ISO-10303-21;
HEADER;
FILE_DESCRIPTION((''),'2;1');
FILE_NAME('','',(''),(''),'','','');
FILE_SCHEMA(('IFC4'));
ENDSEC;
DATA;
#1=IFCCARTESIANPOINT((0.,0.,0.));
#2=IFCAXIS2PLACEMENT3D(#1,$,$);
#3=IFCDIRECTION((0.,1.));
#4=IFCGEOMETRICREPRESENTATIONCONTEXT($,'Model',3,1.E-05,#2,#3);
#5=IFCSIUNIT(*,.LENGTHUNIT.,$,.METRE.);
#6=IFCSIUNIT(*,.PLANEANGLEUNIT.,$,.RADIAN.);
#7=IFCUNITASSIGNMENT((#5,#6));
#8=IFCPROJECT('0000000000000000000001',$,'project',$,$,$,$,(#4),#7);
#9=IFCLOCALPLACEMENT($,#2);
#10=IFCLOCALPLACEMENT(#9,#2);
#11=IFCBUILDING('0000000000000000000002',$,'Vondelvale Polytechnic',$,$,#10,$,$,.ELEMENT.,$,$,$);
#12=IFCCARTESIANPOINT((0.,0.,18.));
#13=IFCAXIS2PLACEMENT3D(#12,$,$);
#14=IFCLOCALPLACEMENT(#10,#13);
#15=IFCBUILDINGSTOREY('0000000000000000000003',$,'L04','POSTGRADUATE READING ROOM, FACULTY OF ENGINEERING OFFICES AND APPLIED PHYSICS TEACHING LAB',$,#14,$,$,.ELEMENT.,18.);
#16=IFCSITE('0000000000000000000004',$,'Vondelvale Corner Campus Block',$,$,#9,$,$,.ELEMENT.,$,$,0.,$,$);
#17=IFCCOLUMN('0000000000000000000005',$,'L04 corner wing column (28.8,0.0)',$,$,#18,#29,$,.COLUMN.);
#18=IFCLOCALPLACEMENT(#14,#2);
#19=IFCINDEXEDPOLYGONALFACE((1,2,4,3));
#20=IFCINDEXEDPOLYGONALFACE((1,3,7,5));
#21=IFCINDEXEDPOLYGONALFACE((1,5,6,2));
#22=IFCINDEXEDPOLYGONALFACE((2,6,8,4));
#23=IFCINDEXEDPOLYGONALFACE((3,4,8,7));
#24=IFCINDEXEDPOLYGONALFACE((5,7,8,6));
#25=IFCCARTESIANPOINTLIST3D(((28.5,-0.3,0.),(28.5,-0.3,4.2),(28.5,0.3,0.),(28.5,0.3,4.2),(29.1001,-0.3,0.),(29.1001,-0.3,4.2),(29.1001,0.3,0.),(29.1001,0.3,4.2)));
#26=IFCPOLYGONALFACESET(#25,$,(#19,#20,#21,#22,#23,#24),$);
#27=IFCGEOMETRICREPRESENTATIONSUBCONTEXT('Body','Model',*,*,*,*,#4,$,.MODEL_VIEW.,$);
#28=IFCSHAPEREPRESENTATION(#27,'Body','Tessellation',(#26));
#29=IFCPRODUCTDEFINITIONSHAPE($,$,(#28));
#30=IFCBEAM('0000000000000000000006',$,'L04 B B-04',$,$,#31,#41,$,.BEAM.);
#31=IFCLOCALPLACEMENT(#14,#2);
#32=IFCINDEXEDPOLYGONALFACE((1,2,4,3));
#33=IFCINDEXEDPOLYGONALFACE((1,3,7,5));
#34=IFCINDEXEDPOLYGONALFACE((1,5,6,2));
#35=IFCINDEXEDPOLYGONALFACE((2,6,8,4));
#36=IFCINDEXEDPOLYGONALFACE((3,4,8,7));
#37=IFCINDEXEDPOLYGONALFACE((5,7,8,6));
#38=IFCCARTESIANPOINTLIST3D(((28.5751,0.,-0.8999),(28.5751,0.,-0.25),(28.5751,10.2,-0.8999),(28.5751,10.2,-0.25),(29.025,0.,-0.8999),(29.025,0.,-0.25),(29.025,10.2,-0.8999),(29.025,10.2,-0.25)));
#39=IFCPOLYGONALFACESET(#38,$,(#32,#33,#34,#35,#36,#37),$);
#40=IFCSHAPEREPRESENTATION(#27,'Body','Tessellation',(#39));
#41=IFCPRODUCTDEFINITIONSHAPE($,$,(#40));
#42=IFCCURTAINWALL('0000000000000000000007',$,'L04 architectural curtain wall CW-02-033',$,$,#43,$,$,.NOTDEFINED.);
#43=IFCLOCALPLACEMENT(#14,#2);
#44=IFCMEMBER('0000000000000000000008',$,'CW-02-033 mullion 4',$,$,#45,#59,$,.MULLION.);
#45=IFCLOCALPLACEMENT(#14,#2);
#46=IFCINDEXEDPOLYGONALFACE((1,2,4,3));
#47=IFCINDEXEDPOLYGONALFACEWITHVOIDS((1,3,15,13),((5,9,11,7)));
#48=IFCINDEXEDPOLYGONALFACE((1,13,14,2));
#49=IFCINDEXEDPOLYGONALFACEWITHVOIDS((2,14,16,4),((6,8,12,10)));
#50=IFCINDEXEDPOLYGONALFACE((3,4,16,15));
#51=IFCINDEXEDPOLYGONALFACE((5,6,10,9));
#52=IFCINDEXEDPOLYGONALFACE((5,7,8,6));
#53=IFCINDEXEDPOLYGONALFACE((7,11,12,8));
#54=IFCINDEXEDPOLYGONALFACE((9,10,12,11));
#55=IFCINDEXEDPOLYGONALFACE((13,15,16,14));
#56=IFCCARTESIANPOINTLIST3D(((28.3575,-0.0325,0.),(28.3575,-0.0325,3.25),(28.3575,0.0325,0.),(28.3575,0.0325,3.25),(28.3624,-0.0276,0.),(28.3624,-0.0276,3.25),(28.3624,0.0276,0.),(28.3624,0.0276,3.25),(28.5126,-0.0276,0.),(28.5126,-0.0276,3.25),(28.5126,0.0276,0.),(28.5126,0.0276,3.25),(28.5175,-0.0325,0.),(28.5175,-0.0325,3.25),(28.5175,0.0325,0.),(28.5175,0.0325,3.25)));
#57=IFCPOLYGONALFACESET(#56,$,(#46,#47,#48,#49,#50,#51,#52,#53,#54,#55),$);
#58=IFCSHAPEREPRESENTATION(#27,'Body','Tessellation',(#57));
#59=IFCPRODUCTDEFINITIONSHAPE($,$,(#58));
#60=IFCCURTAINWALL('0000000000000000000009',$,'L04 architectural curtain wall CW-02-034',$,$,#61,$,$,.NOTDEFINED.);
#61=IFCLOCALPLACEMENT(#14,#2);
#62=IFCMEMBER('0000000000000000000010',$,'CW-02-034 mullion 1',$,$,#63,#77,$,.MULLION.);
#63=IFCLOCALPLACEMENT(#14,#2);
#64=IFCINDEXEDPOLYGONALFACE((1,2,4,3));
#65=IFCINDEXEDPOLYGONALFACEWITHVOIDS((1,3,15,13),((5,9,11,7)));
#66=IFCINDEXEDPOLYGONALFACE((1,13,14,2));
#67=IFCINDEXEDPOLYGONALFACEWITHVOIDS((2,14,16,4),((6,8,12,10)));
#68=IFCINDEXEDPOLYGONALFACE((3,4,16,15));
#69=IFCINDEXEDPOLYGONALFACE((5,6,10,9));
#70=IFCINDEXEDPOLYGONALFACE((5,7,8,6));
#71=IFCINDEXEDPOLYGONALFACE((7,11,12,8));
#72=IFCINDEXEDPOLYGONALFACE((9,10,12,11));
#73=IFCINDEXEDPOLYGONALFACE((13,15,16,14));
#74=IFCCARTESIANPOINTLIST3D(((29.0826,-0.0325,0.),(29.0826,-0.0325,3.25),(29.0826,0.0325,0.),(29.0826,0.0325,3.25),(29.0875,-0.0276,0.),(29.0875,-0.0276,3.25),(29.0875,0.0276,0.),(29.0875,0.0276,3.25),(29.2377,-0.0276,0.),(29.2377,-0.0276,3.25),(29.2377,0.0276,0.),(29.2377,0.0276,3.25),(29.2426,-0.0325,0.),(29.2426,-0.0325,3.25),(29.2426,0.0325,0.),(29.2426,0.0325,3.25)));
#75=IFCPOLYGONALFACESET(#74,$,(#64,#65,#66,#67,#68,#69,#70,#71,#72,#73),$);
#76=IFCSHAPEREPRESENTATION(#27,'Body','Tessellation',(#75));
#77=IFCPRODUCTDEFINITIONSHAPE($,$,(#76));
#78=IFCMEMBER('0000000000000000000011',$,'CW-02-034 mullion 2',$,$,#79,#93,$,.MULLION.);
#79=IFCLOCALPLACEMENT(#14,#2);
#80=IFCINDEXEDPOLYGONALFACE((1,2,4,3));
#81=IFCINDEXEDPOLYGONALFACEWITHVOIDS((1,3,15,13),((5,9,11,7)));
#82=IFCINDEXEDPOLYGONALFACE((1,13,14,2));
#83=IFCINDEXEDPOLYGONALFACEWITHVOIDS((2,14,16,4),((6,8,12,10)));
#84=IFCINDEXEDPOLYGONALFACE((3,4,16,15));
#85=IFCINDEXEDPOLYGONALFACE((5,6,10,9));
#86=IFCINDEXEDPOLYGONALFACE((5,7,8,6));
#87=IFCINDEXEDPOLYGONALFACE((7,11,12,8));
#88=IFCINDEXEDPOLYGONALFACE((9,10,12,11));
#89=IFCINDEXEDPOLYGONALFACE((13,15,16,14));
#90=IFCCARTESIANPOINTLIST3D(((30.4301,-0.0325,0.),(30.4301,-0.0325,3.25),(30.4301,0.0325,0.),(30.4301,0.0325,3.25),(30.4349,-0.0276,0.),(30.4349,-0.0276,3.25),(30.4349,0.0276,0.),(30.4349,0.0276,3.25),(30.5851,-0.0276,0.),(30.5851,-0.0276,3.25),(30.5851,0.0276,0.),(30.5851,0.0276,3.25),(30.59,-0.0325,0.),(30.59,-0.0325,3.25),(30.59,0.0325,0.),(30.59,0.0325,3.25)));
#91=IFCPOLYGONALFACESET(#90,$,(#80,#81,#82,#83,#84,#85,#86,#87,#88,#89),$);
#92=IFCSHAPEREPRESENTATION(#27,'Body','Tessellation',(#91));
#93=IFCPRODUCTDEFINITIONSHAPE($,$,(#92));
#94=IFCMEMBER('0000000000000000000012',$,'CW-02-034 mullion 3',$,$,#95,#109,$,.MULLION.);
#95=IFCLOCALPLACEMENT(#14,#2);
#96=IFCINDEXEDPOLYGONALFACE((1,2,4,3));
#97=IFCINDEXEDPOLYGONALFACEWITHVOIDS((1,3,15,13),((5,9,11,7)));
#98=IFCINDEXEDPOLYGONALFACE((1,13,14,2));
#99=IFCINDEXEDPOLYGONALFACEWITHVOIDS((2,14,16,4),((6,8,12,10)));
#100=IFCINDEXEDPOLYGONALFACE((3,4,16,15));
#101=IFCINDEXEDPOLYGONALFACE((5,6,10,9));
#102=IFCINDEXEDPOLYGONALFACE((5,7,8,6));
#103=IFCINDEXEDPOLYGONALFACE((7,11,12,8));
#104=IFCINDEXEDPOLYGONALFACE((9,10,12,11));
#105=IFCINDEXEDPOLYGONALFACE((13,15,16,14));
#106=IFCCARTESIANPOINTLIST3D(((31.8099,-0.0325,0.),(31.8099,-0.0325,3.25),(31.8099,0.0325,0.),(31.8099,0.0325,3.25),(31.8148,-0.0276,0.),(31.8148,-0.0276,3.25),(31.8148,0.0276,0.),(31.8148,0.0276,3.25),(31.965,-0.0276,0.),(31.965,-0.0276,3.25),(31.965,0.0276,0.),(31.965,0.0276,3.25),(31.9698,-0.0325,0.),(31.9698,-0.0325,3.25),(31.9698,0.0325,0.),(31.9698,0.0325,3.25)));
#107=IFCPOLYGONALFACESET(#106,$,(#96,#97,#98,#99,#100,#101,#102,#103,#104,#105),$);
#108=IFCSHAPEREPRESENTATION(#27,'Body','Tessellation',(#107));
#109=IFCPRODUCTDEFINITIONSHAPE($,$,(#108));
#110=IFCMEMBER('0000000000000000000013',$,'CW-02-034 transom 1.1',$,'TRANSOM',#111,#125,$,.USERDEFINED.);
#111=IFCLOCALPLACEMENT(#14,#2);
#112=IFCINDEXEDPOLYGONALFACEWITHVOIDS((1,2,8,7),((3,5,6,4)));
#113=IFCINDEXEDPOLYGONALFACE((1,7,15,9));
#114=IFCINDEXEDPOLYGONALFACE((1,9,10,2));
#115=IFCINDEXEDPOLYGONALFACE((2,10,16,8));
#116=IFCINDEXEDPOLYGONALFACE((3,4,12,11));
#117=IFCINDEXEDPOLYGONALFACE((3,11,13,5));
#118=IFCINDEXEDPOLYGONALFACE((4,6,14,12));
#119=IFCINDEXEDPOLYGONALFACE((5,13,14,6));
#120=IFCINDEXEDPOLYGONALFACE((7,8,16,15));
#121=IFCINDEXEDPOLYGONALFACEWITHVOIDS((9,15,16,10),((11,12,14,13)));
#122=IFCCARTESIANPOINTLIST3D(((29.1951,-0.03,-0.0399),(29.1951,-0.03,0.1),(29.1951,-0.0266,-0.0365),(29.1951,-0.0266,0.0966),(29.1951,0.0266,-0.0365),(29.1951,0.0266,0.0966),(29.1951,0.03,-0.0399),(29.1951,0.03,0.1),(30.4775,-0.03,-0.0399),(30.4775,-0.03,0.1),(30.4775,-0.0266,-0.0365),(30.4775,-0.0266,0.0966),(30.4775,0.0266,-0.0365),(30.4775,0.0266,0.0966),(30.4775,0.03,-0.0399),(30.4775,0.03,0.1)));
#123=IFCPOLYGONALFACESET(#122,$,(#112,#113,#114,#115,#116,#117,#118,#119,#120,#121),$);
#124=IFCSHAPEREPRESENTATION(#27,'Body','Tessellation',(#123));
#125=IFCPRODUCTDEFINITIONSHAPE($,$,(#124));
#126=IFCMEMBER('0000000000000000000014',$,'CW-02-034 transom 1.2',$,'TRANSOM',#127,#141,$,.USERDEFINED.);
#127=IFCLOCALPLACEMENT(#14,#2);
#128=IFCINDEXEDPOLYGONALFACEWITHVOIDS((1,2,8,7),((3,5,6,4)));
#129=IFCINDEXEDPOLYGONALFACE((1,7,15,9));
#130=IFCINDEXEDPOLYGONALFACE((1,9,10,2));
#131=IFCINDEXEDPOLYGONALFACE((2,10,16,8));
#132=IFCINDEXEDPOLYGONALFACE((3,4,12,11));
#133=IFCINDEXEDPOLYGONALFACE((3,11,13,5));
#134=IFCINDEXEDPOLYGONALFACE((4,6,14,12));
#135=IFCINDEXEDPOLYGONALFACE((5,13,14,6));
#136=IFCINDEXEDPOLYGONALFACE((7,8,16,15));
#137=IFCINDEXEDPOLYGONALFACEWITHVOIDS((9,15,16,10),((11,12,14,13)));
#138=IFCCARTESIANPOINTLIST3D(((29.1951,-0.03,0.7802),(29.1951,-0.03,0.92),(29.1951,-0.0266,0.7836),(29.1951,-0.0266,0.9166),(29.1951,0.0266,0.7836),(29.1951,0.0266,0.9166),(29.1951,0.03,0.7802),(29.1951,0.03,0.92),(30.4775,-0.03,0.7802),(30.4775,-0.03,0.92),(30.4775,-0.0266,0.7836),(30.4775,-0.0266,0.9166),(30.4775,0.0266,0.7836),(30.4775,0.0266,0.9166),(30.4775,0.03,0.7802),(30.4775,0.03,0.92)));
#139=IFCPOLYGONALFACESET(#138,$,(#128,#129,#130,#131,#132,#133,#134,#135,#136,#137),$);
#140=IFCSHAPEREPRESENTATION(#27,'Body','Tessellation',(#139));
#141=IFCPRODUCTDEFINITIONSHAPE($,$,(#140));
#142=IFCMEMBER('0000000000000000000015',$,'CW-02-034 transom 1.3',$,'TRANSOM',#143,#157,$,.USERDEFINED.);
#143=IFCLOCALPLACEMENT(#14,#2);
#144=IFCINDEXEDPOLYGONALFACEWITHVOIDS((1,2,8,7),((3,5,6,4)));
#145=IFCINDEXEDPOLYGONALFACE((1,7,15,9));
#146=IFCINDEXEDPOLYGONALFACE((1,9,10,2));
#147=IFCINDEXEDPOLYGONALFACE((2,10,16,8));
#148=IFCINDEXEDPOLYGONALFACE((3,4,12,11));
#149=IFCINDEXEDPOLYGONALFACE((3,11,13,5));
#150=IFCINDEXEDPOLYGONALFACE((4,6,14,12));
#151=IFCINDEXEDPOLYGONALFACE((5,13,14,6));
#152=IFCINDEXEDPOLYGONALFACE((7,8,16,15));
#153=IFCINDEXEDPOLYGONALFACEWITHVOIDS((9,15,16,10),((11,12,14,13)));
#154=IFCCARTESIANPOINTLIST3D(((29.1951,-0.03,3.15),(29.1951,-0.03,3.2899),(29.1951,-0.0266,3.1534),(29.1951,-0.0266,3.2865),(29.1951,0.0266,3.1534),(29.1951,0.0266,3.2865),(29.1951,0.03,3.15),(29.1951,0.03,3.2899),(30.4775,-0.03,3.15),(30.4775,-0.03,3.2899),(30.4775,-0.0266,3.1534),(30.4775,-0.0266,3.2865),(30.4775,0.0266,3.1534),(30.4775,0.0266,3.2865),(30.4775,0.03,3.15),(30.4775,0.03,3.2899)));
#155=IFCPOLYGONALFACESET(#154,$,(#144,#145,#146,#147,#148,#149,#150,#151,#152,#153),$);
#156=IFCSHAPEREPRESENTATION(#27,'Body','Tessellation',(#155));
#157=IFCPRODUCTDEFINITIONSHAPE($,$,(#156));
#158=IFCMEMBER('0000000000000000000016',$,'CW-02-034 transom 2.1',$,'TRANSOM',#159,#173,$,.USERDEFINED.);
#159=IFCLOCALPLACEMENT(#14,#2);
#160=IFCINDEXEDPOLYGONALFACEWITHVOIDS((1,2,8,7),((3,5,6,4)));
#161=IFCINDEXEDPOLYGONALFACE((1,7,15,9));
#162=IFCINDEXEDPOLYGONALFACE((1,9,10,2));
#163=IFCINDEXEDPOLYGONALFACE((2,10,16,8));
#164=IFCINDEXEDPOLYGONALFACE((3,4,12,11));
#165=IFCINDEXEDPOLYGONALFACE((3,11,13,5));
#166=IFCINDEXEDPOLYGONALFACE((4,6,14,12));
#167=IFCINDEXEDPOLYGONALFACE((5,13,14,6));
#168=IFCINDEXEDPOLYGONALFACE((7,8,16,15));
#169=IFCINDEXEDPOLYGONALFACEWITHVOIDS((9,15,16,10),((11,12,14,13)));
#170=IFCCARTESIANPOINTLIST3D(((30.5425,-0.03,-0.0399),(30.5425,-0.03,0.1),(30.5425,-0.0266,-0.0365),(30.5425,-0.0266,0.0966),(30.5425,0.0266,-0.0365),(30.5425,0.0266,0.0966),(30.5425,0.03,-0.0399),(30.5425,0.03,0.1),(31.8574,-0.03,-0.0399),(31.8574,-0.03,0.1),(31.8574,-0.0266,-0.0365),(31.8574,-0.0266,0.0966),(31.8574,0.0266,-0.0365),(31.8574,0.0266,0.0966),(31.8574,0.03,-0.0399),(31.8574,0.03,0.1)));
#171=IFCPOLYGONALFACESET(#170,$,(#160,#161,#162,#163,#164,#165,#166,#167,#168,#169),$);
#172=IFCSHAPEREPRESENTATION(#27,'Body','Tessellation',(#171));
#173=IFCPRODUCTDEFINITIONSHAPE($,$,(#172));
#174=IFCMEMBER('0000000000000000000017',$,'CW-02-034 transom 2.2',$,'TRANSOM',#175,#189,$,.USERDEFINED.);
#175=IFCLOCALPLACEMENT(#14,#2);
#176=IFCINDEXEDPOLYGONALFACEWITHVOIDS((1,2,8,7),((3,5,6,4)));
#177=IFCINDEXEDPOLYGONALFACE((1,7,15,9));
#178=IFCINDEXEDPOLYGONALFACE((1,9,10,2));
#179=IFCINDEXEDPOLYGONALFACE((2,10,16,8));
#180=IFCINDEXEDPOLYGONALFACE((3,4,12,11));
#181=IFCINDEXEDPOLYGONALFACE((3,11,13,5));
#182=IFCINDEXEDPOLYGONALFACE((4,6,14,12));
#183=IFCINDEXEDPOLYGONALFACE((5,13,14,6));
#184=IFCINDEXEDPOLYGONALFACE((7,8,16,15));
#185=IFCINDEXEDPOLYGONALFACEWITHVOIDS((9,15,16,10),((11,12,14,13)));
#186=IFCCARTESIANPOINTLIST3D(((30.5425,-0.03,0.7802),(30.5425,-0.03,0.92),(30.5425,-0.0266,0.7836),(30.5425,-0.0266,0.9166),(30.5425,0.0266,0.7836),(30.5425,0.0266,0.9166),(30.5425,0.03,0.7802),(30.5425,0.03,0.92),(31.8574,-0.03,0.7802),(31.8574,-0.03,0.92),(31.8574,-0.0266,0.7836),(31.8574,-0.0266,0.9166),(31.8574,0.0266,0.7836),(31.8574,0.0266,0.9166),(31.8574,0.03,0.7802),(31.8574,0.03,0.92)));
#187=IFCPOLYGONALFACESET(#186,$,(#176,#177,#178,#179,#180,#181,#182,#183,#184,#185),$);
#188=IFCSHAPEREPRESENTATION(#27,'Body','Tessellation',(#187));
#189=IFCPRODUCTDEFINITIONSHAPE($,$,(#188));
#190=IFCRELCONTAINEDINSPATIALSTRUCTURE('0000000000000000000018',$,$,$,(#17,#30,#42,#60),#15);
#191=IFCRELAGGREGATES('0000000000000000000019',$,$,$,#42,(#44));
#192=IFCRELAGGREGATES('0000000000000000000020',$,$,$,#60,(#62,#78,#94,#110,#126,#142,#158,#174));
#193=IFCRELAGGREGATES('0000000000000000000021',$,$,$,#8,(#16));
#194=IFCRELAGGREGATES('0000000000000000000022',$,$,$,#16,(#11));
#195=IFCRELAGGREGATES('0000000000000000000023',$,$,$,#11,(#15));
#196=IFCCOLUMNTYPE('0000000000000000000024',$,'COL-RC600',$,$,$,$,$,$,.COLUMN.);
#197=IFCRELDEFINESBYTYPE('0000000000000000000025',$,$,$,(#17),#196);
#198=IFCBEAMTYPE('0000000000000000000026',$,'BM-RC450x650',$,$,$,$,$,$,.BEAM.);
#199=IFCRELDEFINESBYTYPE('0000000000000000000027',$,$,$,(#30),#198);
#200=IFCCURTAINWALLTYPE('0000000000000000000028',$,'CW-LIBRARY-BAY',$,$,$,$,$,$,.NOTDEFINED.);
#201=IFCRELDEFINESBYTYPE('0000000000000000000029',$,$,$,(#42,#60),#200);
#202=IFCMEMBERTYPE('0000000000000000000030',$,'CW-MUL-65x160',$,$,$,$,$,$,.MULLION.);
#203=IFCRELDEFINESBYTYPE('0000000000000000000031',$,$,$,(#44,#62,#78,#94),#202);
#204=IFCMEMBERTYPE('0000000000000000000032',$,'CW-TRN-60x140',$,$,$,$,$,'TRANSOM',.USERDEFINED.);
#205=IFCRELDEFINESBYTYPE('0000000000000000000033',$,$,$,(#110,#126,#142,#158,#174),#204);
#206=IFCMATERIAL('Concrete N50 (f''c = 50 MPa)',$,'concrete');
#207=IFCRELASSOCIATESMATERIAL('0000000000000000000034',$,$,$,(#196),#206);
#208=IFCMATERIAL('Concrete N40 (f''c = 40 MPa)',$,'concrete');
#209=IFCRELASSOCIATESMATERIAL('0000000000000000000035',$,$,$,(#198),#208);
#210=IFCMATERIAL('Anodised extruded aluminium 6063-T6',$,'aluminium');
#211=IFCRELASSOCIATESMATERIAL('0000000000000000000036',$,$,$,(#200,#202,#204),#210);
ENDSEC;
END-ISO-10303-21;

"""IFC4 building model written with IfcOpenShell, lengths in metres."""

from ifc_helpers import new_model, si_unit, direction, frame, origin, origin_2d, place, context, subcontext, project, spatial, rectangle, hollow_rectangle, extrude, material, material_profile, profile_set, type_object, element, aggregate, save


model = new_model("IFC4")

# Units and contexts
model_context = context("Model", 3, precision=1e-05, world=origin(), true_north=direction((0.0, 1.0)))
body_context = subcontext(model_context, "Body", "Model", "MODEL_VIEW")
ifc_project = project(units=[si_unit("LENGTHUNIT", "METRE"), si_unit("PLANEANGLEUNIT", "RADIAN")], contexts=[model_context])

# Site, building, storey
site_placement = place(None, origin())
site = spatial("IfcSite", under=ifc_project, at=site_placement, Name="Vondelvale Corner Campus Block", CompositionType="ELEMENT", RefElevation=0.0)
building_placement = place(site_placement, origin())
building = spatial("IfcBuilding", under=site, at=building_placement, Name="Vondelvale Polytechnic", CompositionType="ELEMENT")
storey_placement = place(building_placement, frame((0.0, 0.0, 18.0)))
storey = spatial("IfcBuildingStorey", under=building, at=storey_placement, Name="L04", Description="POSTGRADUATE READING ROOM, FACULTY OF ENGINEERING OFFICES AND APPLIED PHYSICS TEACHING LAB", CompositionType="ELEMENT", Elevation=18.0)

# Column
ifc_material_1 = material(Name="Concrete N50 (f'c = 50 MPa)", Category="concrete")
ifc_material_profile_1 = material_profile(ifc_material_1, rectangle(XDim=0.6001, YDim=0.6001, at=origin_2d()), Name="RC-COL-600x600")
ifc_profile_set_1 = profile_set([ifc_material_profile_1], Name="Concrete N50 (f'c = 50 MPa)")
column_type = type_object("IfcColumnType", Name="COL-RC600", PredefinedType="COLUMN", material=ifc_profile_set_1)
column_placement = place(storey_placement, frame((28.8, 0.0, 0.0), z_axis=(0.0, 0.0, 1.0), x_axis=(1.0, 0.0, 0.0)))
element("IfcColumn", 1, at=column_placement, inside=storey, type_object=column_type, Name="L04 corner wing column (28.8,0.0)", PredefinedType="COLUMN", context=body_context, shape_type="SweptSolid", body=[
    extrude(rectangle(XDim=0.6001, YDim=0.6001, at=origin_2d()), origin(), (0.0, 0.0, 1.0), 4.2),
])

# Beam
ifc_material_2 = material(Name="Concrete N40 (f'c = 40 MPa)", Category="concrete")
ifc_material_profile_2 = material_profile(ifc_material_2, rectangle(XDim=0.45, YDim=0.6499, at=origin_2d()), Name="RC-BM-450x650")
ifc_profile_set_2 = profile_set([ifc_material_profile_2], Name="Concrete N40 (f'c = 40 MPa)")
beam_type_1 = type_object("IfcBeamType", Name="BM-RC450x650", PredefinedType="BEAM", material=ifc_profile_set_2)
beam_1_placement = place(storey_placement, frame((28.8, 0.0, -0.575), z_axis=(0.0, 1.0, 0.0), x_axis=(-1.0, 0.0, 0.0)))
element("IfcBeam", 2, at=beam_1_placement, inside=storey, type_object=beam_type_1, Name="L04 B B-04", PredefinedType="BEAM", context=body_context, shape_type="SweptSolid", body=[
    extrude(rectangle(XDim=0.45, YDim=0.6499, at=origin_2d()), origin(), (0.0, 0.0, 1.0), 10.2),
])

# Curtain wall, member
ifc_material_3 = material(Name="Anodised extruded aluminium 6063-T6", Category="aluminium")
curtain_wall_type = type_object("IfcCurtainWallType", Name="CW-LIBRARY-BAY", PredefinedType="NOTDEFINED", material=ifc_material_3)
curtain_wall_1_placement = place(storey_placement, origin())
curtain_wall_1 = element("IfcCurtainWall", 3, at=curtain_wall_1_placement, inside=storey, type_object=curtain_wall_type, Name="L04 architectural curtain wall CW-02-033", PredefinedType="NOTDEFINED")
ifc_material_profile_3 = material_profile(ifc_material_3, hollow_rectangle(XDim=0.0649, YDim=0.1599, WallThickness=0.0049, at=origin_2d()), Name="CW-MUL-160x65")
ifc_profile_set_3 = profile_set([ifc_material_profile_3], Name="Anodised extruded aluminium 6063-T6")
member_type_1 = type_object("IfcMemberType", Name="CW-MUL-65x160", PredefinedType="MULLION", material=ifc_profile_set_3)
member_1_placement = place(storey_placement, frame((28.4375, 0.0, 0.0), z_axis=(0.0, 0.0, 1.0), x_axis=(0.0, 1.0, 0.0)))
member_1 = element("IfcMember", 4, at=member_1_placement, type_object=member_type_1, Name="CW-02-033 mullion 4", PredefinedType="MULLION", context=body_context, shape_type="SweptSolid", body=[
    extrude(hollow_rectangle(XDim=0.0649, YDim=0.1599, WallThickness=0.0049, at=origin_2d()), origin(), (0.0, 0.0, 1.0), 3.25),
])
aggregate(curtain_wall_1, [member_1])

# Curtain wall, members
curtain_wall_2_placement = place(storey_placement, origin())
curtain_wall_2 = element("IfcCurtainWall", 5, at=curtain_wall_2_placement, inside=storey, type_object=curtain_wall_type, Name="L04 architectural curtain wall CW-02-034", PredefinedType="NOTDEFINED")
member_2_placement = place(storey_placement, frame((29.1626, 0.0, 0.0), z_axis=(0.0, 0.0, 1.0), x_axis=(0.0, 1.0, 0.0)))
member_2 = element("IfcMember", 6, at=member_2_placement, type_object=member_type_1, Name="CW-02-034 mullion 1", PredefinedType="MULLION", context=body_context, shape_type="SweptSolid", body=[
    extrude(hollow_rectangle(XDim=0.0649, YDim=0.1599, WallThickness=0.0049, at=origin_2d()), origin(), (0.0, 0.0, 1.0), 3.25),
])
member_3_placement = place(storey_placement, frame((30.51, 0.0, 0.0), z_axis=(0.0, 0.0, 1.0), x_axis=(0.0, 1.0, 0.0)))
member_3 = element("IfcMember", 7, at=member_3_placement, type_object=member_type_1, Name="CW-02-034 mullion 2", PredefinedType="MULLION", context=body_context, shape_type="SweptSolid", body=[
    extrude(hollow_rectangle(XDim=0.0649, YDim=0.1599, WallThickness=0.0049, at=origin_2d()), origin(), (0.0, 0.0, 1.0), 3.25),
])
member_4_placement = place(storey_placement, frame((31.8899, 0.0, 0.0), z_axis=(0.0, 0.0, 1.0), x_axis=(0.0, 1.0, 0.0)))
member_4 = element("IfcMember", 8, at=member_4_placement, type_object=member_type_1, Name="CW-02-034 mullion 3", PredefinedType="MULLION", context=body_context, shape_type="SweptSolid", body=[
    extrude(hollow_rectangle(XDim=0.0649, YDim=0.1599, WallThickness=0.0049, at=origin_2d()), origin(), (0.0, 0.0, 1.0), 3.25),
])
ifc_material_profile_4 = material_profile(ifc_material_3, hollow_rectangle(XDim=0.0601, YDim=0.1399, WallThickness=0.0034, at=origin_2d()), Name="CW-TRN-140x60")
ifc_profile_set_4 = profile_set([ifc_material_profile_4], Name="Anodised extruded aluminium 6063-T6")
member_type_2 = type_object("IfcMemberType", Name="CW-TRN-60x140", ElementType="TRANSOM", PredefinedType="USERDEFINED", material=ifc_profile_set_4)
member_5_placement = place(storey_placement, frame((29.1951, 0.0, 0.03), z_axis=(1.0, 0.0, 0.0), x_axis=(0.0, 1.0, 0.0)))
member_5 = element("IfcMember", 9, at=member_5_placement, type_object=member_type_2, Name="CW-02-034 transom 1.1", ObjectType="TRANSOM", PredefinedType="USERDEFINED", context=body_context, shape_type="SweptSolid", body=[
    extrude(hollow_rectangle(XDim=0.0601, YDim=0.1399, WallThickness=0.0034, at=origin_2d()), origin(), (0.0, 0.0, 1.0), 1.2825),
])
member_6_placement = place(storey_placement, frame((29.1951, 0.0, 0.8501), z_axis=(1.0, 0.0, 0.0), x_axis=(0.0, 1.0, 0.0)))
member_6 = element("IfcMember", 10, at=member_6_placement, type_object=member_type_2, Name="CW-02-034 transom 1.2", ObjectType="TRANSOM", PredefinedType="USERDEFINED", context=body_context, shape_type="SweptSolid", body=[
    extrude(hollow_rectangle(XDim=0.0601, YDim=0.1399, WallThickness=0.0034, at=origin_2d()), origin(), (0.0, 0.0, 1.0), 1.2825),
])
member_7_placement = place(storey_placement, frame((29.1951, 0.0, 3.22), z_axis=(1.0, 0.0, 0.0), x_axis=(0.0, 1.0, 0.0)))
member_7 = element("IfcMember", 11, at=member_7_placement, type_object=member_type_2, Name="CW-02-034 transom 1.3", ObjectType="TRANSOM", PredefinedType="USERDEFINED", context=body_context, shape_type="SweptSolid", body=[
    extrude(hollow_rectangle(XDim=0.0601, YDim=0.1399, WallThickness=0.0034, at=origin_2d()), origin(), (0.0, 0.0, 1.0), 1.2825),
])
member_8_placement = place(storey_placement, frame((30.5425, 0.0, 0.03), z_axis=(1.0, 0.0, 0.0), x_axis=(0.0, 1.0, 0.0)))
member_8 = element("IfcMember", 12, at=member_8_placement, type_object=member_type_2, Name="CW-02-034 transom 2.1", ObjectType="TRANSOM", PredefinedType="USERDEFINED", context=body_context, shape_type="SweptSolid", body=[
    extrude(hollow_rectangle(XDim=0.0601, YDim=0.1399, WallThickness=0.0034, at=origin_2d()), origin(), (0.0, 0.0, 1.0), 1.3149),
])
member_9_placement = place(storey_placement, frame((30.5425, 0.0, 0.8501), z_axis=(1.0, 0.0, 0.0), x_axis=(0.0, 1.0, 0.0)))
member_9 = element("IfcMember", 13, at=member_9_placement, type_object=member_type_2, Name="CW-02-034 transom 2.2", ObjectType="TRANSOM", PredefinedType="USERDEFINED", context=body_context, shape_type="SweptSolid", body=[
    extrude(hollow_rectangle(XDim=0.0601, YDim=0.1399, WallThickness=0.0034, at=origin_2d()), origin(), (0.0, 0.0, 1.0), 1.3149),
])

aggregate(curtain_wall_2, [member_2, member_3, member_4, member_5, member_6, member_7, member_8, member_9])

save(model, "model.ifc")
